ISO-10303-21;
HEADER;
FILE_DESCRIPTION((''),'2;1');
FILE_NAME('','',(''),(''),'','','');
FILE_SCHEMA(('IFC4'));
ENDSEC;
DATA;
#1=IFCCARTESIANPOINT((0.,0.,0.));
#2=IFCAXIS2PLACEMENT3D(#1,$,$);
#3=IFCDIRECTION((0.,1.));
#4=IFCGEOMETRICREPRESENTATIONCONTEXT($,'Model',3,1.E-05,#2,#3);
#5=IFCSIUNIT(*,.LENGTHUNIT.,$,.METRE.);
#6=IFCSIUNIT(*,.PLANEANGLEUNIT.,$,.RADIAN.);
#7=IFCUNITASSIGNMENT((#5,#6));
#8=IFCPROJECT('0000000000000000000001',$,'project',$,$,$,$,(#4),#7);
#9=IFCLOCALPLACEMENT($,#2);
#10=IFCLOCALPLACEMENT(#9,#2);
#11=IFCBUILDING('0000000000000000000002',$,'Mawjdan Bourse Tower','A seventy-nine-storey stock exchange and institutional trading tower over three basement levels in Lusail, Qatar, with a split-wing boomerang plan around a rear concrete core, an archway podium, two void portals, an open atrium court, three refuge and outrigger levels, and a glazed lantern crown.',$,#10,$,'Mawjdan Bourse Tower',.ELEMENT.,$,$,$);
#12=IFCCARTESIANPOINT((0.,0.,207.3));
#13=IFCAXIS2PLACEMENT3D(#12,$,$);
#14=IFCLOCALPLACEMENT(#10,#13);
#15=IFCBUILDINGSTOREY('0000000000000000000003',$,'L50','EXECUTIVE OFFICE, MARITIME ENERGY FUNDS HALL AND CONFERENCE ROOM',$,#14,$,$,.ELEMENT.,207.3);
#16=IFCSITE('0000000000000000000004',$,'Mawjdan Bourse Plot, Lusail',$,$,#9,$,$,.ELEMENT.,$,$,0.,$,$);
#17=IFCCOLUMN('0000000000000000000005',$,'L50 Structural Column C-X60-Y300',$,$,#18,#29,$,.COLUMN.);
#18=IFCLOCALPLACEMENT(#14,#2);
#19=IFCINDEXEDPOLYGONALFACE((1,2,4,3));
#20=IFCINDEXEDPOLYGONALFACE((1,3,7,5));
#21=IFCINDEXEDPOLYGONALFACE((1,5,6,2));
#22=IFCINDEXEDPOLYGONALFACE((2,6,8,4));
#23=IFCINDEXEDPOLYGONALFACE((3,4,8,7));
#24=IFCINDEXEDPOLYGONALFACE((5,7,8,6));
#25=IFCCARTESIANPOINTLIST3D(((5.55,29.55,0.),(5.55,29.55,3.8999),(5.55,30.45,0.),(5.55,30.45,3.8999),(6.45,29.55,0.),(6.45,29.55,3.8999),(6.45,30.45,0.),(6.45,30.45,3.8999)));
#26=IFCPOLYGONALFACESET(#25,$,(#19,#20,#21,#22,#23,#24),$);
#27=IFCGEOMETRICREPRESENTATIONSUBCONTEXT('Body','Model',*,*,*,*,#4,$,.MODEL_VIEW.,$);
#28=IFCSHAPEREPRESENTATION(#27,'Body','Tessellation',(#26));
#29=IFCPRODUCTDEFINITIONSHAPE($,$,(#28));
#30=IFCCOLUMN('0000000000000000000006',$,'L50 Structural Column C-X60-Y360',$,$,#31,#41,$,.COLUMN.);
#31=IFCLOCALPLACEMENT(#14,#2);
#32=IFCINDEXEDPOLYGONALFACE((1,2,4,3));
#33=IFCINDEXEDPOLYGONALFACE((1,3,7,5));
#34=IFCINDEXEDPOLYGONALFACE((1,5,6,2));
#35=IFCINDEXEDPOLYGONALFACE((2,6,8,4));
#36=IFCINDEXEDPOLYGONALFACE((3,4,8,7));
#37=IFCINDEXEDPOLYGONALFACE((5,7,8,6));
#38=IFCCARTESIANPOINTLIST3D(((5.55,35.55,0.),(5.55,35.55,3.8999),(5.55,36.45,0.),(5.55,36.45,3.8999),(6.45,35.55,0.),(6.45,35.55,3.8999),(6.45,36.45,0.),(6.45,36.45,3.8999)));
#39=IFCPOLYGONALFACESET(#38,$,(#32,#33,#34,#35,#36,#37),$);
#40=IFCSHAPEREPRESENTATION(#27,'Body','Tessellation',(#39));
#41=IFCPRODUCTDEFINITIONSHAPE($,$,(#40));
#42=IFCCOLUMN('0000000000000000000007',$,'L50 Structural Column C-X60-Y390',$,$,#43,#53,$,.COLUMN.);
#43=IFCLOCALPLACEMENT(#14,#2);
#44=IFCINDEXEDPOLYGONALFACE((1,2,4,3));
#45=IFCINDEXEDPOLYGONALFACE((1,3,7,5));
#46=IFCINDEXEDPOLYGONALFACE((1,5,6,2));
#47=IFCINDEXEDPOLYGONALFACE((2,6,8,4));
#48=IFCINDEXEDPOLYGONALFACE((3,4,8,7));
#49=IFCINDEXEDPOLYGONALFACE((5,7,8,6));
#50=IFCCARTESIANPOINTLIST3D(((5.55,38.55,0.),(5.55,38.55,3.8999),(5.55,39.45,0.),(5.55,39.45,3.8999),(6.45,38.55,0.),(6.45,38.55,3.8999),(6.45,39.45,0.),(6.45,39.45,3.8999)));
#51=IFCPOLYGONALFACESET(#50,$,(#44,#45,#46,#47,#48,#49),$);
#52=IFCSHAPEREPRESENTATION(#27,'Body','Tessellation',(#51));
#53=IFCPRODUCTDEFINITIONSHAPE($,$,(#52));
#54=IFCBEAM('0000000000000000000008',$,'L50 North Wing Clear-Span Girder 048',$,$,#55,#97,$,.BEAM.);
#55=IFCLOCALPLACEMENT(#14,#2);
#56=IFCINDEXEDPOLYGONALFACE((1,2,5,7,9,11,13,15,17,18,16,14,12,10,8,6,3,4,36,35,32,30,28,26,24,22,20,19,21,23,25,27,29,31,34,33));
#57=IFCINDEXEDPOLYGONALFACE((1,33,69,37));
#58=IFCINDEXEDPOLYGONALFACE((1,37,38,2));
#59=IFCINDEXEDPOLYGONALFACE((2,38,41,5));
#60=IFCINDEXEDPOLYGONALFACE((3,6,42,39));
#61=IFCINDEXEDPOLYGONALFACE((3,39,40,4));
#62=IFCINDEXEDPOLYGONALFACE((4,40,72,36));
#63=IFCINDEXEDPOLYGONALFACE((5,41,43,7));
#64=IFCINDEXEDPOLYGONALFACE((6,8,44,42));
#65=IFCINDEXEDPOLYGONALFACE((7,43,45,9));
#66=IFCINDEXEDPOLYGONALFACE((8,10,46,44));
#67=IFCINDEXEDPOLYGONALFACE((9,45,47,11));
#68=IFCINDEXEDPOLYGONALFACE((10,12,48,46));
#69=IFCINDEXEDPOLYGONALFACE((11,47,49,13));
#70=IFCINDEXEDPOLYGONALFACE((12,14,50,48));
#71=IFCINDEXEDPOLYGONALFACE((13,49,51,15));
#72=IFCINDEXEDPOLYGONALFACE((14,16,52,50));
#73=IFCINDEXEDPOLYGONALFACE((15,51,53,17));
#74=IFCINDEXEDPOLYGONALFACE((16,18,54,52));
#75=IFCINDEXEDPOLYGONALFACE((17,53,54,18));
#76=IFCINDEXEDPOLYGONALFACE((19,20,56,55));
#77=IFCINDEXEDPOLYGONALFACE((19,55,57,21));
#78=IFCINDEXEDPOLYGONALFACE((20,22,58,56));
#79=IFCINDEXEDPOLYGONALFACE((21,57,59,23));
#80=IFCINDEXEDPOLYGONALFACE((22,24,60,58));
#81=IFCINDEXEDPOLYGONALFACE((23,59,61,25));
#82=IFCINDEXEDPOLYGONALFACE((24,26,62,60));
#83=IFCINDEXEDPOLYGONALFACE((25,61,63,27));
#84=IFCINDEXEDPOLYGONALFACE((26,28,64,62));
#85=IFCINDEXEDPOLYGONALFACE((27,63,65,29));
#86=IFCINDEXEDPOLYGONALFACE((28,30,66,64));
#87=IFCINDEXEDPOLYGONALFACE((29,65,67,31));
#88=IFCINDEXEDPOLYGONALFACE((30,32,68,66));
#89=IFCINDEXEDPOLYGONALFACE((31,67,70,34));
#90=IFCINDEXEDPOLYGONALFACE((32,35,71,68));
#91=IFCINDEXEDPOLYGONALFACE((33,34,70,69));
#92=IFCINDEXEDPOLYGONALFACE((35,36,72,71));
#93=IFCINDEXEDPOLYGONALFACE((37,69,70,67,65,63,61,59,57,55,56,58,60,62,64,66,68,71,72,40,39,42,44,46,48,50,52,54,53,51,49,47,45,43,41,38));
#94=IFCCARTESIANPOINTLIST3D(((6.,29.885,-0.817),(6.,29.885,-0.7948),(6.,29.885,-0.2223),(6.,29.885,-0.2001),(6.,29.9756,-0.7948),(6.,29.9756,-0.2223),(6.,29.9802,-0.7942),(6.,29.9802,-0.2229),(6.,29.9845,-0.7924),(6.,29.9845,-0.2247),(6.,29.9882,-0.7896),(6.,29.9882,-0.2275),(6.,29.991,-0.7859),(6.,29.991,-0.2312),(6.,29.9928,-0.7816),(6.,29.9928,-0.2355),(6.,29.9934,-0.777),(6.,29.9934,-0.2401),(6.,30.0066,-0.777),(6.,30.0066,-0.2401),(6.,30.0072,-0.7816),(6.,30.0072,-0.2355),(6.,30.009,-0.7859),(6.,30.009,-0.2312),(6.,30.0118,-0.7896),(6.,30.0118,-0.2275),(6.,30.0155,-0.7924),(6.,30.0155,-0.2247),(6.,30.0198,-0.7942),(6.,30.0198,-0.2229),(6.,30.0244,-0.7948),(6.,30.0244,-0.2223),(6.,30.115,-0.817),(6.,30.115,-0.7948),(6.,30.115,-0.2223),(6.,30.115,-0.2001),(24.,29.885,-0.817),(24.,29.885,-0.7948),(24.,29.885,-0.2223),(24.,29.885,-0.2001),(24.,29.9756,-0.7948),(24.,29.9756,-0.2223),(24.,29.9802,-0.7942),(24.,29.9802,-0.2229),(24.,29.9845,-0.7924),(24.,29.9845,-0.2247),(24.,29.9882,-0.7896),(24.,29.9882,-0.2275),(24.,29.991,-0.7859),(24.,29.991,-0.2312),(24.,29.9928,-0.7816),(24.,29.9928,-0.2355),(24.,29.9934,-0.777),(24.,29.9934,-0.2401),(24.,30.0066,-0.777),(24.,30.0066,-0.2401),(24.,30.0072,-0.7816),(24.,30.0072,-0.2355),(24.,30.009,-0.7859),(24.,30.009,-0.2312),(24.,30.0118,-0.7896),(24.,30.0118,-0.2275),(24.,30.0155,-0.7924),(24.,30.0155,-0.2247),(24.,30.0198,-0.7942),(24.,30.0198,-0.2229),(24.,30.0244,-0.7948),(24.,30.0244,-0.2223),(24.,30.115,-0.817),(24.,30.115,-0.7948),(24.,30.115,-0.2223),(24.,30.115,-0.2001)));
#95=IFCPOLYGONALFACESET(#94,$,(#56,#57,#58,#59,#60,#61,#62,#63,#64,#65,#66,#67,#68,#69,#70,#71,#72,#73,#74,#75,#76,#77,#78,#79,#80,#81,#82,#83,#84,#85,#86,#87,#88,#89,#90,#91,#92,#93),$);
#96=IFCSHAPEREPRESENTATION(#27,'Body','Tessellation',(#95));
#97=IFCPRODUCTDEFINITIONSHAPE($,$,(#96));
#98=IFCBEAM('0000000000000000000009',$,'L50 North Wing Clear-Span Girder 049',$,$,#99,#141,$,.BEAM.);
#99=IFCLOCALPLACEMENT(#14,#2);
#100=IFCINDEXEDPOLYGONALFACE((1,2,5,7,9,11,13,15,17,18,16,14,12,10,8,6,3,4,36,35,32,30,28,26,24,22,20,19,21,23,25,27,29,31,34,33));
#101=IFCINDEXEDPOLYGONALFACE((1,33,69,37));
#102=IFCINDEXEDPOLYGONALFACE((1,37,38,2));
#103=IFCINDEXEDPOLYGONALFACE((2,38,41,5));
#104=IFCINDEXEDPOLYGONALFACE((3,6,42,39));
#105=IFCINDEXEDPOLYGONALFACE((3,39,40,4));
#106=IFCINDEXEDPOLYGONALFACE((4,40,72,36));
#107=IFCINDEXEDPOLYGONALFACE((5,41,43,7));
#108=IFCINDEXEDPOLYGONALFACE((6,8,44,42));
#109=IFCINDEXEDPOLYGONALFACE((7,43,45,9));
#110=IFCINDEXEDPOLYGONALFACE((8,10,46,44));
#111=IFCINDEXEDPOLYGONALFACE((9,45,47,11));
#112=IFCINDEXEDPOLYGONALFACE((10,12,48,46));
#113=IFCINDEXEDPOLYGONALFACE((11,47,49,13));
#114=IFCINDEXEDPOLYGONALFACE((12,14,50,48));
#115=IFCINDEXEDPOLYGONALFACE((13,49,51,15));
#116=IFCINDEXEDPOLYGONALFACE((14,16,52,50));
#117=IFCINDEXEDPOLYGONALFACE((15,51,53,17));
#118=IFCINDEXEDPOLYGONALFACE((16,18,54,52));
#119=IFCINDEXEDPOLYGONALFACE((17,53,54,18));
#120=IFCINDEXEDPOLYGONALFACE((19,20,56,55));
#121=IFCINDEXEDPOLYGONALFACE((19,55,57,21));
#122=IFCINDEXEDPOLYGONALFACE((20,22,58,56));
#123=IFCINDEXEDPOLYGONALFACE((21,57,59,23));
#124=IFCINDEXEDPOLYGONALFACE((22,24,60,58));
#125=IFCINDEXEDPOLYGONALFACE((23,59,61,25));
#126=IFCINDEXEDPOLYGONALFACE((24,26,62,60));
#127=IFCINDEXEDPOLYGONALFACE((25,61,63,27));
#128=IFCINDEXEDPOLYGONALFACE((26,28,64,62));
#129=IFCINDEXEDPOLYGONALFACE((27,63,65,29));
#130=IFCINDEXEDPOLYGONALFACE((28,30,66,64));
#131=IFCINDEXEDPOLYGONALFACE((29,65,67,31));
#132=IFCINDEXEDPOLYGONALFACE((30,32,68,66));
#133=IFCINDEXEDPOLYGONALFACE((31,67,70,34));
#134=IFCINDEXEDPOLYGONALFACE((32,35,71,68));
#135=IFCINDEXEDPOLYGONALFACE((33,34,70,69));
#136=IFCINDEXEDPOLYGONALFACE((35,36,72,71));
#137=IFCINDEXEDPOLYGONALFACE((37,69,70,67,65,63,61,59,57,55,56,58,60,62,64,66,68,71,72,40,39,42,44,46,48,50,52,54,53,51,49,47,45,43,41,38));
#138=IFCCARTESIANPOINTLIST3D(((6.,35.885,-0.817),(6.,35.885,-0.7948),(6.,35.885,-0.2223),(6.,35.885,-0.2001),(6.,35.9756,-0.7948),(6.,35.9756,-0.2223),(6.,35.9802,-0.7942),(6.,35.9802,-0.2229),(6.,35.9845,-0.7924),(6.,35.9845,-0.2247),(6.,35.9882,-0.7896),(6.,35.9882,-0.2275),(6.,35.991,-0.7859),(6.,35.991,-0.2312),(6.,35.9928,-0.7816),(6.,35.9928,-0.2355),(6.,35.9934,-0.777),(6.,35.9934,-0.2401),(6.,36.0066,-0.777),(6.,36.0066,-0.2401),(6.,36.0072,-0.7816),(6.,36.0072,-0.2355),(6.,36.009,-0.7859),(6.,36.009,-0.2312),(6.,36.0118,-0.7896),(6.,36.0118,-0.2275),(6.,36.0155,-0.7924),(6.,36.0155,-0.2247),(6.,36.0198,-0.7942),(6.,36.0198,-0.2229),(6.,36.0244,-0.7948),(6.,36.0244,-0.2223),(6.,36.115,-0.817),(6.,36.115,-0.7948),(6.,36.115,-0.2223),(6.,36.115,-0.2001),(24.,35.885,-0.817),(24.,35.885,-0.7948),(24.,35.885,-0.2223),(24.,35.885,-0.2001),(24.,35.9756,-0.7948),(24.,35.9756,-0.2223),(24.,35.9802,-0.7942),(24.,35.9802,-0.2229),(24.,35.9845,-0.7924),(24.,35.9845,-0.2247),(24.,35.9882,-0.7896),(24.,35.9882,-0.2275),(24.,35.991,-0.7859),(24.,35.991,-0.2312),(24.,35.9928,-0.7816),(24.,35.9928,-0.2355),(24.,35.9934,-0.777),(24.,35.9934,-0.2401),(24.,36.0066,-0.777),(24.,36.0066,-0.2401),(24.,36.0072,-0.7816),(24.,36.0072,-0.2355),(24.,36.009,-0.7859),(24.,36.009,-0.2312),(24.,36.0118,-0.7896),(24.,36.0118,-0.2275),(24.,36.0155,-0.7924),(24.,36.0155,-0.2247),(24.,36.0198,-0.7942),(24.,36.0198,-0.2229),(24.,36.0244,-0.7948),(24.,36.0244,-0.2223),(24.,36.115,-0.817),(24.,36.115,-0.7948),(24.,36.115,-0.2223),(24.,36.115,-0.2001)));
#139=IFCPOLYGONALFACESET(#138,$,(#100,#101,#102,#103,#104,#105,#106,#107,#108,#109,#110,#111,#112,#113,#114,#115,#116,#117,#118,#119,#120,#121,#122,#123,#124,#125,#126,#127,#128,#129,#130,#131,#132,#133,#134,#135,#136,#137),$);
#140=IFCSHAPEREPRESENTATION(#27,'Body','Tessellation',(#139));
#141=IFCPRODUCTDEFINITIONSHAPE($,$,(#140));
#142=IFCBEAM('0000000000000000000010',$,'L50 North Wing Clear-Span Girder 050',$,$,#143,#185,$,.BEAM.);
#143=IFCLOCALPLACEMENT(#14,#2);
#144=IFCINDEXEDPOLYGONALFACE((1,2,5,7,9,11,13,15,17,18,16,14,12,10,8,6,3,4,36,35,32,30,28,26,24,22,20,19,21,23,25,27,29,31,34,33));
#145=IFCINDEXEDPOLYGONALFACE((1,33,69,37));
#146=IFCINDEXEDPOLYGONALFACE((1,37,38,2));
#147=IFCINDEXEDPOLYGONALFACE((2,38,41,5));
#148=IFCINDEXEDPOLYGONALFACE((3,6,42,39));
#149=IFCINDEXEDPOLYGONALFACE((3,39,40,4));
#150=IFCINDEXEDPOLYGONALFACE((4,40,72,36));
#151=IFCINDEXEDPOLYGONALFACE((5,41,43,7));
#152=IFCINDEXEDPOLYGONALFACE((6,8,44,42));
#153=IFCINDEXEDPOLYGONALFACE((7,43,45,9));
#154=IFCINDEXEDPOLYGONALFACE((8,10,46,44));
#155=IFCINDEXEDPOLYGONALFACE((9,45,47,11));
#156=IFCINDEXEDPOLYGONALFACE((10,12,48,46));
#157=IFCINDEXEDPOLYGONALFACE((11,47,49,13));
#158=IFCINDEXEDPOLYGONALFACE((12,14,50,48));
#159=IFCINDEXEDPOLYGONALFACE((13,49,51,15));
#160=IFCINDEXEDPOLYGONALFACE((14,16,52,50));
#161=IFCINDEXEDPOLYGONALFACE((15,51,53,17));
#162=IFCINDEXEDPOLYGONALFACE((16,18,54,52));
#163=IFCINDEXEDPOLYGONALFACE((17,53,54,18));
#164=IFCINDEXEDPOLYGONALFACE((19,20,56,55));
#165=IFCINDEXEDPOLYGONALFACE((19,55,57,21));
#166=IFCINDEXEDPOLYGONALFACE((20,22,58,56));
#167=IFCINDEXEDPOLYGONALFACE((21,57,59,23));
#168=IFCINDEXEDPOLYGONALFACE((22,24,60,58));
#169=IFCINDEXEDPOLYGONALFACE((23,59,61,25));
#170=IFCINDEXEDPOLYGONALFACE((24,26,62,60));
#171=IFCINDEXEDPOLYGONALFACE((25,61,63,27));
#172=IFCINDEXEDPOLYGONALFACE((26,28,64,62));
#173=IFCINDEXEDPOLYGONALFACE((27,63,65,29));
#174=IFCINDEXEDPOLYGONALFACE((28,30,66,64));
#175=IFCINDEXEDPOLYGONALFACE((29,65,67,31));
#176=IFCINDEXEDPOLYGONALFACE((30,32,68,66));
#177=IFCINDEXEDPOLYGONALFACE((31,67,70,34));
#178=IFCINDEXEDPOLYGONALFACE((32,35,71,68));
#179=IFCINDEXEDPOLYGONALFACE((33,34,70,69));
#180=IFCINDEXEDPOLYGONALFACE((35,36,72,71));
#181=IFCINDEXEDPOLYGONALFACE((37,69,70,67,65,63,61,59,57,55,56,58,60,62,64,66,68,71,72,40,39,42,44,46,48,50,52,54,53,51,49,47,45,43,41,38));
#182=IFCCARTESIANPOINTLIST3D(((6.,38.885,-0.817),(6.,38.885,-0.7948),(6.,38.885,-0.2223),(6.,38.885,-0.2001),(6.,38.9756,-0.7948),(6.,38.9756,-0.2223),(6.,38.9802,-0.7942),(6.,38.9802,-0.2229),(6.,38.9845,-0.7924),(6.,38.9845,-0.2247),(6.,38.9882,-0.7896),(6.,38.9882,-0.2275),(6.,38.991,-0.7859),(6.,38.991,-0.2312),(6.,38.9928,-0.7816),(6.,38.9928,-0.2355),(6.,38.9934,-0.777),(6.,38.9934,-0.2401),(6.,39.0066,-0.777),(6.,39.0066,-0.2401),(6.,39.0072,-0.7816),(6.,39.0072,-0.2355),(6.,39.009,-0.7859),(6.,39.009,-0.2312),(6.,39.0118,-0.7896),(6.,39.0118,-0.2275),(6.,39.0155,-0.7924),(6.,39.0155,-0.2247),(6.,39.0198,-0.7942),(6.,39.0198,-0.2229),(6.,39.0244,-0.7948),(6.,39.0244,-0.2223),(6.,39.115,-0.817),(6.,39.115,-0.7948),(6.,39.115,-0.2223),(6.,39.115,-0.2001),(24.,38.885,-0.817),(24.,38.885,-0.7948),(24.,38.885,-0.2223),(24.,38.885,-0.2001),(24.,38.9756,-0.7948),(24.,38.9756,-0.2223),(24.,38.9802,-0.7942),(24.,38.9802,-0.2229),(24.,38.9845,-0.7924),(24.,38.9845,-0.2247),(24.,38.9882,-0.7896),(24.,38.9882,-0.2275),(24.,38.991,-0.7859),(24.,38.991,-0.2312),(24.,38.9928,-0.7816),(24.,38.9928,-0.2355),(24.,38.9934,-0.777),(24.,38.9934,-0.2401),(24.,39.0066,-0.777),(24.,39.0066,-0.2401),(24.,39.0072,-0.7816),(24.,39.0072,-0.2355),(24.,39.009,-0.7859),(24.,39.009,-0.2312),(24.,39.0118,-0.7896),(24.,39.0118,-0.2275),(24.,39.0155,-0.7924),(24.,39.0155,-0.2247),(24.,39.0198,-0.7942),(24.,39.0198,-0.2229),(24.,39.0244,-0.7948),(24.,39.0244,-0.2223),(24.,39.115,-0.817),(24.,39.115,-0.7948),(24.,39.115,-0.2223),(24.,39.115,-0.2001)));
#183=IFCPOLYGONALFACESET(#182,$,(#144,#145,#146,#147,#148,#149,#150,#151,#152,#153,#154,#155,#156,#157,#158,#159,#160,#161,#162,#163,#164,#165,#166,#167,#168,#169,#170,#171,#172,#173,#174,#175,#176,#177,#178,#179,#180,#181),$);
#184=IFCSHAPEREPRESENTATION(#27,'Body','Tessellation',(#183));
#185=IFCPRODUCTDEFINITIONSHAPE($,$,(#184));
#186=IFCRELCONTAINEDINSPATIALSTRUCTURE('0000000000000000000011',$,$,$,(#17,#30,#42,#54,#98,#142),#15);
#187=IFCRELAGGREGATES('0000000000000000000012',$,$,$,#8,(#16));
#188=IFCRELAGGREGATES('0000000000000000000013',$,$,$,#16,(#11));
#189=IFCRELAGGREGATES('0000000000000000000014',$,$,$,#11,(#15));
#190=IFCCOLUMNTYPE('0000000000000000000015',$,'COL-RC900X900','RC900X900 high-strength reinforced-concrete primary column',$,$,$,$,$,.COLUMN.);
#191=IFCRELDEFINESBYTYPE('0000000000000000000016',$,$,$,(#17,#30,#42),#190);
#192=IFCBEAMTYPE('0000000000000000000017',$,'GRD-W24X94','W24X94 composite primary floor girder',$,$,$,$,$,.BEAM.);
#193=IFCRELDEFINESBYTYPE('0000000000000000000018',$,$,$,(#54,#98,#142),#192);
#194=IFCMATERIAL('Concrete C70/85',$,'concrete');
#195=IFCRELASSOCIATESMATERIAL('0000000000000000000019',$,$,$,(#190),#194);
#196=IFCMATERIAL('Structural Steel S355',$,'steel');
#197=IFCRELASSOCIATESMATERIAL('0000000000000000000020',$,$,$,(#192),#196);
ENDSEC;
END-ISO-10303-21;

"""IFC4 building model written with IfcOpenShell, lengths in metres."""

from ifc_helpers import new_model, si_unit, direction, frame, origin, origin_2d, place, context, subcontext, project, spatial, rectangle, i_section, extrude, material, material_profile, profile_set, type_object, element, save


model = new_model("IFC4")

# Units and contexts
model_context = context("Model", 3, precision=1e-05, world=origin(), true_north=direction((0.0, 1.0)))
body_context = subcontext(model_context, "Body", "Model", "MODEL_VIEW")
ifc_project = project(units=[si_unit("LENGTHUNIT", "METRE"), si_unit("PLANEANGLEUNIT", "RADIAN")], contexts=[model_context])

# Site, building, storey
site_placement = place(None, origin())
site = spatial("IfcSite", under=ifc_project, at=site_placement, Name="Mawjdan Bourse Plot, Lusail", CompositionType="ELEMENT", RefElevation=0.0)
building_placement = place(site_placement, origin())
building = spatial("IfcBuilding", under=site, at=building_placement, Name="Mawjdan Bourse Tower", Description="A seventy-nine-storey stock exchange and institutional trading tower over three basement levels in Lusail, Qatar, with a split-wing boomerang plan around a rear concrete core, an archway podium, two void portals, an open atrium court, three refuge and outrigger levels, and a glazed lantern crown.", LongName="Mawjdan Bourse Tower", CompositionType="ELEMENT")
storey_placement = place(building_placement, frame((0.0, 0.0, 207.3)))
storey = spatial("IfcBuildingStorey", under=building, at=storey_placement, Name="L50", Description="EXECUTIVE OFFICE, MARITIME ENERGY FUNDS HALL AND CONFERENCE ROOM", CompositionType="ELEMENT", Elevation=207.3)

# Columns
ifc_material_1 = material(Name="Concrete C70/85", Category="concrete")
ifc_material_profile_1 = material_profile(ifc_material_1, rectangle(XDim=0.8999, YDim=0.8999, at=origin_2d()), Name="RC900X900")
ifc_profile_set_1 = profile_set([ifc_material_profile_1], Name="Concrete C70/85")
column_type = type_object("IfcColumnType", Name="COL-RC900X900", Description="RC900X900 high-strength reinforced-concrete primary column", PredefinedType="COLUMN", material=ifc_profile_set_1)
for number, where, z_axis, x_axis, name in (
    (1, (6.0, 30.0, 0.0), (0.0, 0.0, 1.0), (1.0, 0.0, 0.0), "L50 Structural Column C-X60-Y300"),
    (2, (6.0, 36.0, 0.0), (0.0, 0.0, 1.0), (1.0, 0.0, 0.0), "L50 Structural Column C-X60-Y360"),
    (3, (6.0, 39.0, 0.0), (0.0, 0.0, 1.0), (1.0, 0.0, 0.0), "L50 Structural Column C-X60-Y390"),
):
    element("IfcColumn", number, at=place(storey_placement, frame(where, z_axis=z_axis, x_axis=x_axis)), inside=storey, type_object=column_type, Name=name, PredefinedType="COLUMN", context=body_context, shape_type="SweptSolid", body=[
        extrude(rectangle(XDim=0.8999, YDim=0.8999, at=origin_2d()), origin(), (0.0, 0.0, 1.0), 3.8999),
    ])

# Beams
ifc_material_2 = material(Name="Structural Steel S355", Category="steel")
ifc_material_profile_2 = material_profile(ifc_material_2, i_section(OverallWidth=0.23, OverallDepth=0.6169, WebThickness=0.0132, FlangeThickness=0.0222, FilletRadius=0.0178, at=origin_2d()), Name="W24X94")
ifc_profile_set_2 = profile_set([ifc_material_profile_2], Name="Structural Steel S355")
beam_type_1 = type_object("IfcBeamType", Name="GRD-W24X94", Description="W24X94 composite primary floor girder", PredefinedType="BEAM", material=ifc_profile_set_2)
for number, where, z_axis, x_axis, name in (
    (4, (6.0, 30.0, -0.5085), (1.0, 0.0, 0.0), (0.0, 1.0, 0.0), "L50 North Wing Clear-Span Girder 048"),
    (5, (6.0, 36.0, -0.5085), (1.0, 0.0, 0.0), (0.0, 1.0, 0.0), "L50 North Wing Clear-Span Girder 049"),
    (6, (6.0, 39.0, -0.5085), (1.0, 0.0, 0.0), (0.0, 1.0, 0.0), "L50 North Wing Clear-Span Girder 050"),
):
    element("IfcBeam", number, at=place(storey_placement, frame(where, z_axis=z_axis, x_axis=x_axis)), inside=storey, type_object=beam_type_1, Name=name, PredefinedType="BEAM", context=body_context, shape_type="SweptSolid", body=[
        extrude(i_section(OverallWidth=0.23, OverallDepth=0.6169, WebThickness=0.0132, FlangeThickness=0.0222, FilletRadius=0.0178, at=origin_2d()), origin(), (0.0, 0.0, 1.0), 18.0),
    ])

save(model, "model.ifc")
